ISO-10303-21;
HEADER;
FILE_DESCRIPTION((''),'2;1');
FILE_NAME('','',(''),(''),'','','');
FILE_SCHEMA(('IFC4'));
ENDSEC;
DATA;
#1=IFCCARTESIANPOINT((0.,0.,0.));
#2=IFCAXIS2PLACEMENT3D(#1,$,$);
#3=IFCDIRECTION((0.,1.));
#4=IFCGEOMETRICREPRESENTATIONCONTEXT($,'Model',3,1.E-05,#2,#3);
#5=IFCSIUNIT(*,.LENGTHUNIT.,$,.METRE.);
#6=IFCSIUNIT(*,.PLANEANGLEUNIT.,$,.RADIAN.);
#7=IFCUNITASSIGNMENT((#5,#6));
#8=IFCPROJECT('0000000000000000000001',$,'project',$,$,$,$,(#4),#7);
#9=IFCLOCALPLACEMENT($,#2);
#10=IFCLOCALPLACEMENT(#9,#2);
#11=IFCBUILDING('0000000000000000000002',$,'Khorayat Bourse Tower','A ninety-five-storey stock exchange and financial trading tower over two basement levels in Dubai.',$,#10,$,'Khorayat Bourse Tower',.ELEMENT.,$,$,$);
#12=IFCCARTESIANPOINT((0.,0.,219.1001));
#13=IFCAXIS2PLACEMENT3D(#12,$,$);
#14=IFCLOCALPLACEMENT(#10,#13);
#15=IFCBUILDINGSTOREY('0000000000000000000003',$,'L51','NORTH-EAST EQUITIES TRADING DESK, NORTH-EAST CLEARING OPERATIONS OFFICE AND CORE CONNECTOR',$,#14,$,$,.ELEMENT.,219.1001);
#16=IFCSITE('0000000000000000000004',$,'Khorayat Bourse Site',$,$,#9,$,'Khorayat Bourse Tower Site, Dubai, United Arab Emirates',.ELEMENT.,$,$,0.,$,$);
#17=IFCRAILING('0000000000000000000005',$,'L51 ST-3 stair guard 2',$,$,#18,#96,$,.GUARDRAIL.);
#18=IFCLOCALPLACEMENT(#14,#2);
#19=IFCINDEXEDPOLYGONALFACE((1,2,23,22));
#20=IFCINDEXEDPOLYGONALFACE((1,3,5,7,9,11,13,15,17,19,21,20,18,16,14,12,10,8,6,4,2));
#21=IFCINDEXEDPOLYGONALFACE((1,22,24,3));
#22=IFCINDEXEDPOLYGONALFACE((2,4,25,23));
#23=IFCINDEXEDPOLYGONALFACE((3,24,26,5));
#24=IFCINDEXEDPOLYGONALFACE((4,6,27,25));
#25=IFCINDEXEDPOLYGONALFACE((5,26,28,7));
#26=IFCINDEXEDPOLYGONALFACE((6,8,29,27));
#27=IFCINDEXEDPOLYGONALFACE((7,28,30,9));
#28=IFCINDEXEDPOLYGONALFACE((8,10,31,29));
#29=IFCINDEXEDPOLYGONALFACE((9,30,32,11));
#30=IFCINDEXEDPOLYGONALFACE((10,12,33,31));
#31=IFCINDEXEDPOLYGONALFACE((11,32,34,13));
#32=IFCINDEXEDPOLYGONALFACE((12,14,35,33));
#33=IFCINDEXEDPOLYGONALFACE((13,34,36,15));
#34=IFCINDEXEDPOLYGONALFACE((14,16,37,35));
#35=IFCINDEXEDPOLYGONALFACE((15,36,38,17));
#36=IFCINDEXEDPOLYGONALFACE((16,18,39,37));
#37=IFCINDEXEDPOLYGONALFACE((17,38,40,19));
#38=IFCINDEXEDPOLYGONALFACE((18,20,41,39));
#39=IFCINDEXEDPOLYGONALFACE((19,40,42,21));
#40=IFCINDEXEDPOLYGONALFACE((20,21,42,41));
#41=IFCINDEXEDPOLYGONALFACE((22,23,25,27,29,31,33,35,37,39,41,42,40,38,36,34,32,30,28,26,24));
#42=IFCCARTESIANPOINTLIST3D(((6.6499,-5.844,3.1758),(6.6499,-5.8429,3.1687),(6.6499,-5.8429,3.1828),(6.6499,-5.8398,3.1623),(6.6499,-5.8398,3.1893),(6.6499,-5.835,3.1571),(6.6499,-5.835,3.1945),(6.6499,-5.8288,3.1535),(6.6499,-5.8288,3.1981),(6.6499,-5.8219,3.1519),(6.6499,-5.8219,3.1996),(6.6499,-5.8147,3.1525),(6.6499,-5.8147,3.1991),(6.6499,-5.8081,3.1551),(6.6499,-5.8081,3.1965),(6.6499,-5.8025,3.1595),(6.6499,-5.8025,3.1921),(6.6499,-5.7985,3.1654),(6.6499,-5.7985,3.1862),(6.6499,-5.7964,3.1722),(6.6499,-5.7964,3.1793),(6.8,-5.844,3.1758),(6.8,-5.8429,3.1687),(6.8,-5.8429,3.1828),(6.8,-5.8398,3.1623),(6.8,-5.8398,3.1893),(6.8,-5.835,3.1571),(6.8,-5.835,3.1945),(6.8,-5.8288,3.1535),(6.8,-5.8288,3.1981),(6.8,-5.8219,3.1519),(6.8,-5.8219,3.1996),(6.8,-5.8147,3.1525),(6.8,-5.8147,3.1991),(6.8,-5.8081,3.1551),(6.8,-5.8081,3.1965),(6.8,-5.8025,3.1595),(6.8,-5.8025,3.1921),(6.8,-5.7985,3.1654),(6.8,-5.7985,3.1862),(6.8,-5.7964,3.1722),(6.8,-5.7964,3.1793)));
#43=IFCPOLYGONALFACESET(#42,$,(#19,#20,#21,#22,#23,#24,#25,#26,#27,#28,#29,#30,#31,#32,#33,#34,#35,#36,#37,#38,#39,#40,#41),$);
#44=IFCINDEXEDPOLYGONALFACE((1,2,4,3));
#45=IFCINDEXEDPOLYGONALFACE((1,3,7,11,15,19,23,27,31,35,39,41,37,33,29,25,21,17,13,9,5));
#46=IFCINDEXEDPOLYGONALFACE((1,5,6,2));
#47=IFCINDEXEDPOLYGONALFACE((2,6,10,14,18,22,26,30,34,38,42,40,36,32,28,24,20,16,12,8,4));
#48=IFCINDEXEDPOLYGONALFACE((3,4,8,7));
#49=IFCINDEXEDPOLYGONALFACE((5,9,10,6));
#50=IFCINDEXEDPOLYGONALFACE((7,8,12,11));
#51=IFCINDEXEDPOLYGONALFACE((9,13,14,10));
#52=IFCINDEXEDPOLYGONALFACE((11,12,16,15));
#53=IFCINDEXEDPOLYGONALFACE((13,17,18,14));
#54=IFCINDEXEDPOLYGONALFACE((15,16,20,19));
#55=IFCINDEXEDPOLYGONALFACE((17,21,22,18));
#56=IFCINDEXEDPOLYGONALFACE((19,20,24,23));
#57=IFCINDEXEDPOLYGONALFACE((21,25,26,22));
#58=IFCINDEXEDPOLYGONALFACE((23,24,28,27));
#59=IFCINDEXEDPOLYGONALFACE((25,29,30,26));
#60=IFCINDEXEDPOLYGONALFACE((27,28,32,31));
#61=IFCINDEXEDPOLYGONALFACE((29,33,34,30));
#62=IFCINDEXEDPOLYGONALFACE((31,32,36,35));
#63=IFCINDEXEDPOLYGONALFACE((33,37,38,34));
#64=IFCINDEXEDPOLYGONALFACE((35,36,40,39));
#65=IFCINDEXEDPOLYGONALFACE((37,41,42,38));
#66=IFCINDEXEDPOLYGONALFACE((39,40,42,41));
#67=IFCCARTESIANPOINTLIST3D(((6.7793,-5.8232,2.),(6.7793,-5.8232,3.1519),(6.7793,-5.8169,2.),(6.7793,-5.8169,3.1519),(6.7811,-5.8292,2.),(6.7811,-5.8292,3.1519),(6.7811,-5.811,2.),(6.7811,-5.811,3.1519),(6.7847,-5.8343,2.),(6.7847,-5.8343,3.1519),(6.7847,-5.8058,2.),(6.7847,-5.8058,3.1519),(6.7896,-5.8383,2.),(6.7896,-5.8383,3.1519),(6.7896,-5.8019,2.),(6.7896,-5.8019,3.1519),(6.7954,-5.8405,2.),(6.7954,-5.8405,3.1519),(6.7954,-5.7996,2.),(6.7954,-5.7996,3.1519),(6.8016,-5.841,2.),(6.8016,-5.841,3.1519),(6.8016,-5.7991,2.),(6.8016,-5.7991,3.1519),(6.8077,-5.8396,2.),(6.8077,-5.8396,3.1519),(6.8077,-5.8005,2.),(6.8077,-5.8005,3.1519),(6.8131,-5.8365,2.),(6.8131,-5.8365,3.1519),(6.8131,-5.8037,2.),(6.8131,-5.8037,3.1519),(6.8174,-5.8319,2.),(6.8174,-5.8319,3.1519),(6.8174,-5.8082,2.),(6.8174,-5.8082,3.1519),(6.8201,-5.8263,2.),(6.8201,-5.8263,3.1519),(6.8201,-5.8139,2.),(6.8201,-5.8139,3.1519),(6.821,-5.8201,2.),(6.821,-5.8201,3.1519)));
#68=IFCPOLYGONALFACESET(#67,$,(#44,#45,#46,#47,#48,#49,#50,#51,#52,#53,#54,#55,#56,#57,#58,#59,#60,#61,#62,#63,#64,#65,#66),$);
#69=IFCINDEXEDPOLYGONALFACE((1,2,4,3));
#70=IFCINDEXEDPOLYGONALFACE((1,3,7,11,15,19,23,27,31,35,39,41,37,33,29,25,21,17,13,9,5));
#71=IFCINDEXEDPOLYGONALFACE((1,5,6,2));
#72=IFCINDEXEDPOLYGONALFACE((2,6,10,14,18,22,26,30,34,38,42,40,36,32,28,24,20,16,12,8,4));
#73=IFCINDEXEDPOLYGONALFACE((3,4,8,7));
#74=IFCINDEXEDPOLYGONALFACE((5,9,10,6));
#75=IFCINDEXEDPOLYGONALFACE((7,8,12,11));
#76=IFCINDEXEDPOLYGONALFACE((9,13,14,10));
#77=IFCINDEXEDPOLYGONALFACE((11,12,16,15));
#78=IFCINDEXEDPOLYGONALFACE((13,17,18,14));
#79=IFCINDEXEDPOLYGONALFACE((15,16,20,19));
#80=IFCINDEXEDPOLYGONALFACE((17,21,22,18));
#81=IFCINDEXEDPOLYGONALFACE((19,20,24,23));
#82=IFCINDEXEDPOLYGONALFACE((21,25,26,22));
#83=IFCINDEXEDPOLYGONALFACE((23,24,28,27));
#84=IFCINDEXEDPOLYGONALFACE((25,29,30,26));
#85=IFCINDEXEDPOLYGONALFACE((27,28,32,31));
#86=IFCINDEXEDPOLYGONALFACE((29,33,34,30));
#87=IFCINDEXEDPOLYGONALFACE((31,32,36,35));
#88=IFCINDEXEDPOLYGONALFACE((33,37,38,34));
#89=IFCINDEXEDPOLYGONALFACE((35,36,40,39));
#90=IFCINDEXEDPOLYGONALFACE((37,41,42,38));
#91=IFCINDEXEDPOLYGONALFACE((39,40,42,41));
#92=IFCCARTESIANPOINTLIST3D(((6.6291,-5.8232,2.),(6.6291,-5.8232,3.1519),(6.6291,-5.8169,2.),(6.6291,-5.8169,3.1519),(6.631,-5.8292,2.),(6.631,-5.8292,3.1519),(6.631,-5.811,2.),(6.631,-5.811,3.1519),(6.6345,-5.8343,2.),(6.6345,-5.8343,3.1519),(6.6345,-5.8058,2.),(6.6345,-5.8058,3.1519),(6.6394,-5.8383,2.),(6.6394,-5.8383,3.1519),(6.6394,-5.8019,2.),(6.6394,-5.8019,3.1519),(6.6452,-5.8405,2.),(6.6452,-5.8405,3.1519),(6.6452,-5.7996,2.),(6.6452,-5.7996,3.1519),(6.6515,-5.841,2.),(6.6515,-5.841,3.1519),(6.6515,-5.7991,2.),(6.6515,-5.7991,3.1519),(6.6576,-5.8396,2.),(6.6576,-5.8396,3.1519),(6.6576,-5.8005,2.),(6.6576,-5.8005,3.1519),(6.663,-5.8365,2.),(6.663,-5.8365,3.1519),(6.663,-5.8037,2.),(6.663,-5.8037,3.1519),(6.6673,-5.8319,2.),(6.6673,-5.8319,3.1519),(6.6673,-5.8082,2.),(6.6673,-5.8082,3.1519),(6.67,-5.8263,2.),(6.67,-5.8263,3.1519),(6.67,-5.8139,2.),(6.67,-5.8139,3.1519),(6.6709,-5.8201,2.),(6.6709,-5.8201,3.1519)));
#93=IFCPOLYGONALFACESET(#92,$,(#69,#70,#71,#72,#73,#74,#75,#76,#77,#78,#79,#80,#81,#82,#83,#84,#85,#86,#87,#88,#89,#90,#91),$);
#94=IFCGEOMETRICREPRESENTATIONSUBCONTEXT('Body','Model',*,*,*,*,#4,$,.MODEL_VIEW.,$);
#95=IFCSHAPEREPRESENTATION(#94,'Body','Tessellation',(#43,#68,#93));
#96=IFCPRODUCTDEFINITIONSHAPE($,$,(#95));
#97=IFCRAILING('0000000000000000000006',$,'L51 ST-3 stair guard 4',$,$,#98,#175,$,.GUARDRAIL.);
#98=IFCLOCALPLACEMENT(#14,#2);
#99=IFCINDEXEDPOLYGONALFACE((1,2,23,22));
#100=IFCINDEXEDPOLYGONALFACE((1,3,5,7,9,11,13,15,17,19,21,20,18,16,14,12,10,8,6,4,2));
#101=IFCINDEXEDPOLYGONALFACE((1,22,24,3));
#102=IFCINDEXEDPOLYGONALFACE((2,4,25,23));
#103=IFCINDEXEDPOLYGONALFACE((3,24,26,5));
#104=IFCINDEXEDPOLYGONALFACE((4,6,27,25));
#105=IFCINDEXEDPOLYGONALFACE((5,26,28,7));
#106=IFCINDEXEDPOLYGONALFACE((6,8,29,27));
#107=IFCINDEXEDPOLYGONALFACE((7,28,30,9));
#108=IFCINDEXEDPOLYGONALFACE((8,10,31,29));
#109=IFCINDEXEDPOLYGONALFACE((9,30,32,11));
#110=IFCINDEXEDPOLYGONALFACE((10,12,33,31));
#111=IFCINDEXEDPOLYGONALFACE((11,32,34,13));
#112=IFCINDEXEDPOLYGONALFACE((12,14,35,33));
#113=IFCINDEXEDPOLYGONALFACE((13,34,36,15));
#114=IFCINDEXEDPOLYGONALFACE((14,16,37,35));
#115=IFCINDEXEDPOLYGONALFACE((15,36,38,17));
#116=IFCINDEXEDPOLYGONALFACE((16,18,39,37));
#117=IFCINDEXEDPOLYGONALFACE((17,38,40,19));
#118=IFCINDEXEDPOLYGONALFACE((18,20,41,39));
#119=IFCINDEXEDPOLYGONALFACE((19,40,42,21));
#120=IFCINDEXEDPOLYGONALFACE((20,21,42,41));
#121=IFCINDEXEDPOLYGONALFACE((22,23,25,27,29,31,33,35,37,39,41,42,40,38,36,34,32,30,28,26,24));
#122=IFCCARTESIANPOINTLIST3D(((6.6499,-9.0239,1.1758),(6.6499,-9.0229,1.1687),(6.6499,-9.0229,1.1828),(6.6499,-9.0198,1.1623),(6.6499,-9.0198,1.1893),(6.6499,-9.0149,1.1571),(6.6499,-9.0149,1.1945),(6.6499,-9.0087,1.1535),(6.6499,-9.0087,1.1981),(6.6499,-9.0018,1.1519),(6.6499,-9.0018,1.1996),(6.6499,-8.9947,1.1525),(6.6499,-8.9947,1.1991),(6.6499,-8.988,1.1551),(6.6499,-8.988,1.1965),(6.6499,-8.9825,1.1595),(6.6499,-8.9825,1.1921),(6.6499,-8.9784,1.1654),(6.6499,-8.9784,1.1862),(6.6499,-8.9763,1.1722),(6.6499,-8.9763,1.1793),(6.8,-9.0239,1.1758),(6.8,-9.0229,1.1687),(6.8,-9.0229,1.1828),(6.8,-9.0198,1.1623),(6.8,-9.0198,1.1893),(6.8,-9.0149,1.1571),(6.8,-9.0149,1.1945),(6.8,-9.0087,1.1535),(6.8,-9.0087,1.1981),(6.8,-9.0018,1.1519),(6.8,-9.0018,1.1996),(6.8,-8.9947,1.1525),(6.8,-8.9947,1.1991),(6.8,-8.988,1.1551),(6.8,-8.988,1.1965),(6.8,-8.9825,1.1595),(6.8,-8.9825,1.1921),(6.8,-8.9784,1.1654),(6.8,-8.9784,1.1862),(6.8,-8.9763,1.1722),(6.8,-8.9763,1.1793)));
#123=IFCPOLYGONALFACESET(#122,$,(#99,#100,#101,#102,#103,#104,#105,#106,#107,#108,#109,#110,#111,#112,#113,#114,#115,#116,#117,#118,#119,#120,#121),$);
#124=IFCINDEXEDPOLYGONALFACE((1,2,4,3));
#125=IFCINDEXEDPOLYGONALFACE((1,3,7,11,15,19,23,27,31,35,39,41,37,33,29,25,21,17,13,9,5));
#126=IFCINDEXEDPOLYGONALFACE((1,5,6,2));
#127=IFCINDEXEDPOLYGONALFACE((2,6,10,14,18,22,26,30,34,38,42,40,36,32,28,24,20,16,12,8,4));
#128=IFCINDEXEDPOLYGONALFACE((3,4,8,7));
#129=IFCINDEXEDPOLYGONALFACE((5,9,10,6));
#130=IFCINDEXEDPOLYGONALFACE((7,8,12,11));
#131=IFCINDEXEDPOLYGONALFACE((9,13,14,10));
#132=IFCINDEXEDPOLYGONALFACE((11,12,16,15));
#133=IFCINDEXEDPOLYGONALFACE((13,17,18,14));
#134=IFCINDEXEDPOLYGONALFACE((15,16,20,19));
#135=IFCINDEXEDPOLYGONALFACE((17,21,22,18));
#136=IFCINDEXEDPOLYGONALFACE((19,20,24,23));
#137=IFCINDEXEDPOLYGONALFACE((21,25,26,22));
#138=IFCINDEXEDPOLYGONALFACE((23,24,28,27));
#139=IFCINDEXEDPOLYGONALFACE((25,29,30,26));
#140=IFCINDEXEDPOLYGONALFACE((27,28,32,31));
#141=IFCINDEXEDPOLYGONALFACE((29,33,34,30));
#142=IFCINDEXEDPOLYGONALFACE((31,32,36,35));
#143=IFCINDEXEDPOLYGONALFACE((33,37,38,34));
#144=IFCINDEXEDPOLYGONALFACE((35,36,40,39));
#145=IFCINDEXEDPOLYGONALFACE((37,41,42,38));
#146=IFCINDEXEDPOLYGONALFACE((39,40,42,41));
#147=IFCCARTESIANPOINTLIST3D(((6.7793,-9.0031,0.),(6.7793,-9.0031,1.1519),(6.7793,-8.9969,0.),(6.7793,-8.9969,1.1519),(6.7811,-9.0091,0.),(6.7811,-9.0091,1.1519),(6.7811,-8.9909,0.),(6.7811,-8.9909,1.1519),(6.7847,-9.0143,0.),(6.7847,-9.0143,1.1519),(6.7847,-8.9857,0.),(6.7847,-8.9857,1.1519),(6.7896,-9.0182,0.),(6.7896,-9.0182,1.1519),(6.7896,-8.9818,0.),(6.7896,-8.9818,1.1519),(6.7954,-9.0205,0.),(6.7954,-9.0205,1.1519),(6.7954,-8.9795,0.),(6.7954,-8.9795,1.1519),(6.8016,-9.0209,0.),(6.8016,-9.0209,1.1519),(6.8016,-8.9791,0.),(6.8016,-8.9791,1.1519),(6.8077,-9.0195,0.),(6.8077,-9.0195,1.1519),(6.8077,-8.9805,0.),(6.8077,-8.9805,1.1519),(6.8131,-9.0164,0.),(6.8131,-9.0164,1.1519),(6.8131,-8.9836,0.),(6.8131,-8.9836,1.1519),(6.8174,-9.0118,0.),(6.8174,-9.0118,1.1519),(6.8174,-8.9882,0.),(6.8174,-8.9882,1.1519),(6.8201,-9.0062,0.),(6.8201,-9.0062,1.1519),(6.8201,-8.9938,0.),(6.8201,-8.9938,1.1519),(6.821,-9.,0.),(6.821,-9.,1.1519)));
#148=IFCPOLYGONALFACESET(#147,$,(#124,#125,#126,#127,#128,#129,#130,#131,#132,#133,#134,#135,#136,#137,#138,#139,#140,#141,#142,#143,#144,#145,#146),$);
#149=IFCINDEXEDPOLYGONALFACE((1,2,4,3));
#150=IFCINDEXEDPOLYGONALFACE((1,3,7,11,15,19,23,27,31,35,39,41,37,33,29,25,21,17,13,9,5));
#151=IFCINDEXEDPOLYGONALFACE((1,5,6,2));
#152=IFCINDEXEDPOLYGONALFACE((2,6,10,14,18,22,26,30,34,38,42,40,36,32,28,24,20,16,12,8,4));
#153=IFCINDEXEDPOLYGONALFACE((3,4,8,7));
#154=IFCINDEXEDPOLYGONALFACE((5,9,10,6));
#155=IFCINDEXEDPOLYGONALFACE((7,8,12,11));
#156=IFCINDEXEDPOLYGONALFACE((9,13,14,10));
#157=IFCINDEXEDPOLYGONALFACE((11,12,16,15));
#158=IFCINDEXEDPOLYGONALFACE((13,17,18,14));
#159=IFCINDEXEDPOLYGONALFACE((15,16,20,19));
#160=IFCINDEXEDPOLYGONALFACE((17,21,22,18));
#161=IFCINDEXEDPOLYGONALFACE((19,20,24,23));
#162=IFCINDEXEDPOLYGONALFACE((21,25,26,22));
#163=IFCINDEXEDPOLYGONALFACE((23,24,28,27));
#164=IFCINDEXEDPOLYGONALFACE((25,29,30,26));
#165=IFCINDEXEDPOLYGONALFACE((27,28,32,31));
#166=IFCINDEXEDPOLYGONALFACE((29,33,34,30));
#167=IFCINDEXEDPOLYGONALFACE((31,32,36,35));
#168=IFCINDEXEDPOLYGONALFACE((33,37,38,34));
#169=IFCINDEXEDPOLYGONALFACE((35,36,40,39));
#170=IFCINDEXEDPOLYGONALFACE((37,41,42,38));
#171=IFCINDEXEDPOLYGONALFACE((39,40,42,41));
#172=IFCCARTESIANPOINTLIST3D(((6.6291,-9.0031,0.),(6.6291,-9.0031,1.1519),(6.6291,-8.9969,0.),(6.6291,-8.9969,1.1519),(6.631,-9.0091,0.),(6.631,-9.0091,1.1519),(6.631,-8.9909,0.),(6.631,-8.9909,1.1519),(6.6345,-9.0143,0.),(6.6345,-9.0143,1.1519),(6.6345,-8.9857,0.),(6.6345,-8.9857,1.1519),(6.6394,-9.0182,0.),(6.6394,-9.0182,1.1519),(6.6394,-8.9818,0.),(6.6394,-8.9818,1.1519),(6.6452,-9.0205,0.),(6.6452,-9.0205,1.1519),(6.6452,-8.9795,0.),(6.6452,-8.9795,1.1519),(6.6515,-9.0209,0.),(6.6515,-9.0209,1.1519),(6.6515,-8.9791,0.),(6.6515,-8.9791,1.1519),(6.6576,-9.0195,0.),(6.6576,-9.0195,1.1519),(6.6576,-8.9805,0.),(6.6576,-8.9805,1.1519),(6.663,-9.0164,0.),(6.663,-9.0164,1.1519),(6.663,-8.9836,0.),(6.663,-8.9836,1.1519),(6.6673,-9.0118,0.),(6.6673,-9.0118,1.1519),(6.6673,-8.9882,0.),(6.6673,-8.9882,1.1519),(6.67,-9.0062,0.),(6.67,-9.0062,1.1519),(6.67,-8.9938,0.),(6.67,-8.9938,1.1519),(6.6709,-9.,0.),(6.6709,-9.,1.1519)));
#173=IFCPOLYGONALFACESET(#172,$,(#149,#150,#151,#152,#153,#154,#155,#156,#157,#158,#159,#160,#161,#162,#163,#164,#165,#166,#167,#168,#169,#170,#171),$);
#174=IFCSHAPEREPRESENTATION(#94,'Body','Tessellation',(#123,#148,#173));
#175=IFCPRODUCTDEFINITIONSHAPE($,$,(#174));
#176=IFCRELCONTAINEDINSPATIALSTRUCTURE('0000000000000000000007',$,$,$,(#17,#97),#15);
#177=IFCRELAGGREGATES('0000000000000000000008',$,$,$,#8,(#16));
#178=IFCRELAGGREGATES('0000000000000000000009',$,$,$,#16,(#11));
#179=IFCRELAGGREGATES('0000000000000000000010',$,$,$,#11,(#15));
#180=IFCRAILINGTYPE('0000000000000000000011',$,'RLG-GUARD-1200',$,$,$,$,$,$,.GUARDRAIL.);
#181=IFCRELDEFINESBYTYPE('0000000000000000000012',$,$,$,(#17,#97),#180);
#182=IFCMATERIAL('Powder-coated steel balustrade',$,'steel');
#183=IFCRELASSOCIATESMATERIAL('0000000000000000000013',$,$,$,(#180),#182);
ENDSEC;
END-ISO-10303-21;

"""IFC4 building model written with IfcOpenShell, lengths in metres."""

from ifc_helpers import new_model, si_unit, direction, frame, origin, origin_2d, place, context, subcontext, project, spatial, circle, extrude, source, transform, mapped, material, type_object, element, save


model = new_model("IFC4")

# Units and contexts
model_context = context("Model", 3, precision=1e-05, world=origin(), true_north=direction((0.0, 1.0)))
body_context = subcontext(model_context, "Body", "Model", "MODEL_VIEW")
ifc_project = project(units=[si_unit("LENGTHUNIT", "METRE"), si_unit("PLANEANGLEUNIT", "RADIAN")], contexts=[model_context])

# Site, building, storey
site_placement = place(None, origin())
site = spatial("IfcSite", under=ifc_project, at=site_placement, Name="Khorayat Bourse Site", LongName="Khorayat Bourse Tower Site, Dubai, United Arab Emirates", CompositionType="ELEMENT", RefElevation=0.0)
building_placement = place(site_placement, origin())
building = spatial("IfcBuilding", under=site, at=building_placement, Name="Khorayat Bourse Tower", Description="A ninety-five-storey stock exchange and financial trading tower over two basement levels in Dubai.", LongName="Khorayat Bourse Tower", CompositionType="ELEMENT")
storey_placement = place(building_placement, frame((0.0, 0.0, 219.1001)))
storey = spatial("IfcBuildingStorey", under=building, at=storey_placement, Name="L51", Description="NORTH-EAST EQUITIES TRADING DESK, NORTH-EAST CLEARING OPERATIONS OFFICE AND CORE CONNECTOR", CompositionType="ELEMENT", Elevation=219.1001)

# Railings
ifc_material_1 = material(Name="Powder-coated steel balustrade", Category="steel")
railing_type_1 = type_object("IfcRailingType", Name="RLG-GUARD-1200", PredefinedType="GUARDRAIL", material=ifc_material_1)
shared_shape_1 = source(origin(), body_context, "Body", "SweptSolid", [
    extrude(circle(Radius=0.0239, at=origin_2d()), frame((0.0, 0.0, 1.1758), z_axis=(-1.0, 0.0, 0.0), x_axis=(0.0, -1.0, 0.0)), (0.0, 0.0, 1.0), 0.1501),
    extrude(circle(Radius=0.021, at=origin_2d()), origin(), (0.0, 0.0, 1.0), 1.1519),
    extrude(circle(Radius=0.021, at=origin_2d()), frame((-0.1501, 0.0, 0.0)), (0.0, 0.0, 1.0), 1.1519),
])
for number, where, name in (
    (1, (6.8, -5.8201, 2.0), "L51 ST-3 stair guard 2"),
    (2, (6.8, -9.0, 0.0), "L51 ST-3 stair guard 4"),
):
    element("IfcRailing", number, at=place(storey_placement, frame(where)), inside=storey, type_object=railing_type_1, Name=name, PredefinedType="GUARDRAIL", context=body_context, shape_type="MappedRepresentation", body=[
        mapped(shared_shape_1, transform((0.0, 0.0, 0.0), scale=1.0)),
    ])

save(model, "model.ifc")
